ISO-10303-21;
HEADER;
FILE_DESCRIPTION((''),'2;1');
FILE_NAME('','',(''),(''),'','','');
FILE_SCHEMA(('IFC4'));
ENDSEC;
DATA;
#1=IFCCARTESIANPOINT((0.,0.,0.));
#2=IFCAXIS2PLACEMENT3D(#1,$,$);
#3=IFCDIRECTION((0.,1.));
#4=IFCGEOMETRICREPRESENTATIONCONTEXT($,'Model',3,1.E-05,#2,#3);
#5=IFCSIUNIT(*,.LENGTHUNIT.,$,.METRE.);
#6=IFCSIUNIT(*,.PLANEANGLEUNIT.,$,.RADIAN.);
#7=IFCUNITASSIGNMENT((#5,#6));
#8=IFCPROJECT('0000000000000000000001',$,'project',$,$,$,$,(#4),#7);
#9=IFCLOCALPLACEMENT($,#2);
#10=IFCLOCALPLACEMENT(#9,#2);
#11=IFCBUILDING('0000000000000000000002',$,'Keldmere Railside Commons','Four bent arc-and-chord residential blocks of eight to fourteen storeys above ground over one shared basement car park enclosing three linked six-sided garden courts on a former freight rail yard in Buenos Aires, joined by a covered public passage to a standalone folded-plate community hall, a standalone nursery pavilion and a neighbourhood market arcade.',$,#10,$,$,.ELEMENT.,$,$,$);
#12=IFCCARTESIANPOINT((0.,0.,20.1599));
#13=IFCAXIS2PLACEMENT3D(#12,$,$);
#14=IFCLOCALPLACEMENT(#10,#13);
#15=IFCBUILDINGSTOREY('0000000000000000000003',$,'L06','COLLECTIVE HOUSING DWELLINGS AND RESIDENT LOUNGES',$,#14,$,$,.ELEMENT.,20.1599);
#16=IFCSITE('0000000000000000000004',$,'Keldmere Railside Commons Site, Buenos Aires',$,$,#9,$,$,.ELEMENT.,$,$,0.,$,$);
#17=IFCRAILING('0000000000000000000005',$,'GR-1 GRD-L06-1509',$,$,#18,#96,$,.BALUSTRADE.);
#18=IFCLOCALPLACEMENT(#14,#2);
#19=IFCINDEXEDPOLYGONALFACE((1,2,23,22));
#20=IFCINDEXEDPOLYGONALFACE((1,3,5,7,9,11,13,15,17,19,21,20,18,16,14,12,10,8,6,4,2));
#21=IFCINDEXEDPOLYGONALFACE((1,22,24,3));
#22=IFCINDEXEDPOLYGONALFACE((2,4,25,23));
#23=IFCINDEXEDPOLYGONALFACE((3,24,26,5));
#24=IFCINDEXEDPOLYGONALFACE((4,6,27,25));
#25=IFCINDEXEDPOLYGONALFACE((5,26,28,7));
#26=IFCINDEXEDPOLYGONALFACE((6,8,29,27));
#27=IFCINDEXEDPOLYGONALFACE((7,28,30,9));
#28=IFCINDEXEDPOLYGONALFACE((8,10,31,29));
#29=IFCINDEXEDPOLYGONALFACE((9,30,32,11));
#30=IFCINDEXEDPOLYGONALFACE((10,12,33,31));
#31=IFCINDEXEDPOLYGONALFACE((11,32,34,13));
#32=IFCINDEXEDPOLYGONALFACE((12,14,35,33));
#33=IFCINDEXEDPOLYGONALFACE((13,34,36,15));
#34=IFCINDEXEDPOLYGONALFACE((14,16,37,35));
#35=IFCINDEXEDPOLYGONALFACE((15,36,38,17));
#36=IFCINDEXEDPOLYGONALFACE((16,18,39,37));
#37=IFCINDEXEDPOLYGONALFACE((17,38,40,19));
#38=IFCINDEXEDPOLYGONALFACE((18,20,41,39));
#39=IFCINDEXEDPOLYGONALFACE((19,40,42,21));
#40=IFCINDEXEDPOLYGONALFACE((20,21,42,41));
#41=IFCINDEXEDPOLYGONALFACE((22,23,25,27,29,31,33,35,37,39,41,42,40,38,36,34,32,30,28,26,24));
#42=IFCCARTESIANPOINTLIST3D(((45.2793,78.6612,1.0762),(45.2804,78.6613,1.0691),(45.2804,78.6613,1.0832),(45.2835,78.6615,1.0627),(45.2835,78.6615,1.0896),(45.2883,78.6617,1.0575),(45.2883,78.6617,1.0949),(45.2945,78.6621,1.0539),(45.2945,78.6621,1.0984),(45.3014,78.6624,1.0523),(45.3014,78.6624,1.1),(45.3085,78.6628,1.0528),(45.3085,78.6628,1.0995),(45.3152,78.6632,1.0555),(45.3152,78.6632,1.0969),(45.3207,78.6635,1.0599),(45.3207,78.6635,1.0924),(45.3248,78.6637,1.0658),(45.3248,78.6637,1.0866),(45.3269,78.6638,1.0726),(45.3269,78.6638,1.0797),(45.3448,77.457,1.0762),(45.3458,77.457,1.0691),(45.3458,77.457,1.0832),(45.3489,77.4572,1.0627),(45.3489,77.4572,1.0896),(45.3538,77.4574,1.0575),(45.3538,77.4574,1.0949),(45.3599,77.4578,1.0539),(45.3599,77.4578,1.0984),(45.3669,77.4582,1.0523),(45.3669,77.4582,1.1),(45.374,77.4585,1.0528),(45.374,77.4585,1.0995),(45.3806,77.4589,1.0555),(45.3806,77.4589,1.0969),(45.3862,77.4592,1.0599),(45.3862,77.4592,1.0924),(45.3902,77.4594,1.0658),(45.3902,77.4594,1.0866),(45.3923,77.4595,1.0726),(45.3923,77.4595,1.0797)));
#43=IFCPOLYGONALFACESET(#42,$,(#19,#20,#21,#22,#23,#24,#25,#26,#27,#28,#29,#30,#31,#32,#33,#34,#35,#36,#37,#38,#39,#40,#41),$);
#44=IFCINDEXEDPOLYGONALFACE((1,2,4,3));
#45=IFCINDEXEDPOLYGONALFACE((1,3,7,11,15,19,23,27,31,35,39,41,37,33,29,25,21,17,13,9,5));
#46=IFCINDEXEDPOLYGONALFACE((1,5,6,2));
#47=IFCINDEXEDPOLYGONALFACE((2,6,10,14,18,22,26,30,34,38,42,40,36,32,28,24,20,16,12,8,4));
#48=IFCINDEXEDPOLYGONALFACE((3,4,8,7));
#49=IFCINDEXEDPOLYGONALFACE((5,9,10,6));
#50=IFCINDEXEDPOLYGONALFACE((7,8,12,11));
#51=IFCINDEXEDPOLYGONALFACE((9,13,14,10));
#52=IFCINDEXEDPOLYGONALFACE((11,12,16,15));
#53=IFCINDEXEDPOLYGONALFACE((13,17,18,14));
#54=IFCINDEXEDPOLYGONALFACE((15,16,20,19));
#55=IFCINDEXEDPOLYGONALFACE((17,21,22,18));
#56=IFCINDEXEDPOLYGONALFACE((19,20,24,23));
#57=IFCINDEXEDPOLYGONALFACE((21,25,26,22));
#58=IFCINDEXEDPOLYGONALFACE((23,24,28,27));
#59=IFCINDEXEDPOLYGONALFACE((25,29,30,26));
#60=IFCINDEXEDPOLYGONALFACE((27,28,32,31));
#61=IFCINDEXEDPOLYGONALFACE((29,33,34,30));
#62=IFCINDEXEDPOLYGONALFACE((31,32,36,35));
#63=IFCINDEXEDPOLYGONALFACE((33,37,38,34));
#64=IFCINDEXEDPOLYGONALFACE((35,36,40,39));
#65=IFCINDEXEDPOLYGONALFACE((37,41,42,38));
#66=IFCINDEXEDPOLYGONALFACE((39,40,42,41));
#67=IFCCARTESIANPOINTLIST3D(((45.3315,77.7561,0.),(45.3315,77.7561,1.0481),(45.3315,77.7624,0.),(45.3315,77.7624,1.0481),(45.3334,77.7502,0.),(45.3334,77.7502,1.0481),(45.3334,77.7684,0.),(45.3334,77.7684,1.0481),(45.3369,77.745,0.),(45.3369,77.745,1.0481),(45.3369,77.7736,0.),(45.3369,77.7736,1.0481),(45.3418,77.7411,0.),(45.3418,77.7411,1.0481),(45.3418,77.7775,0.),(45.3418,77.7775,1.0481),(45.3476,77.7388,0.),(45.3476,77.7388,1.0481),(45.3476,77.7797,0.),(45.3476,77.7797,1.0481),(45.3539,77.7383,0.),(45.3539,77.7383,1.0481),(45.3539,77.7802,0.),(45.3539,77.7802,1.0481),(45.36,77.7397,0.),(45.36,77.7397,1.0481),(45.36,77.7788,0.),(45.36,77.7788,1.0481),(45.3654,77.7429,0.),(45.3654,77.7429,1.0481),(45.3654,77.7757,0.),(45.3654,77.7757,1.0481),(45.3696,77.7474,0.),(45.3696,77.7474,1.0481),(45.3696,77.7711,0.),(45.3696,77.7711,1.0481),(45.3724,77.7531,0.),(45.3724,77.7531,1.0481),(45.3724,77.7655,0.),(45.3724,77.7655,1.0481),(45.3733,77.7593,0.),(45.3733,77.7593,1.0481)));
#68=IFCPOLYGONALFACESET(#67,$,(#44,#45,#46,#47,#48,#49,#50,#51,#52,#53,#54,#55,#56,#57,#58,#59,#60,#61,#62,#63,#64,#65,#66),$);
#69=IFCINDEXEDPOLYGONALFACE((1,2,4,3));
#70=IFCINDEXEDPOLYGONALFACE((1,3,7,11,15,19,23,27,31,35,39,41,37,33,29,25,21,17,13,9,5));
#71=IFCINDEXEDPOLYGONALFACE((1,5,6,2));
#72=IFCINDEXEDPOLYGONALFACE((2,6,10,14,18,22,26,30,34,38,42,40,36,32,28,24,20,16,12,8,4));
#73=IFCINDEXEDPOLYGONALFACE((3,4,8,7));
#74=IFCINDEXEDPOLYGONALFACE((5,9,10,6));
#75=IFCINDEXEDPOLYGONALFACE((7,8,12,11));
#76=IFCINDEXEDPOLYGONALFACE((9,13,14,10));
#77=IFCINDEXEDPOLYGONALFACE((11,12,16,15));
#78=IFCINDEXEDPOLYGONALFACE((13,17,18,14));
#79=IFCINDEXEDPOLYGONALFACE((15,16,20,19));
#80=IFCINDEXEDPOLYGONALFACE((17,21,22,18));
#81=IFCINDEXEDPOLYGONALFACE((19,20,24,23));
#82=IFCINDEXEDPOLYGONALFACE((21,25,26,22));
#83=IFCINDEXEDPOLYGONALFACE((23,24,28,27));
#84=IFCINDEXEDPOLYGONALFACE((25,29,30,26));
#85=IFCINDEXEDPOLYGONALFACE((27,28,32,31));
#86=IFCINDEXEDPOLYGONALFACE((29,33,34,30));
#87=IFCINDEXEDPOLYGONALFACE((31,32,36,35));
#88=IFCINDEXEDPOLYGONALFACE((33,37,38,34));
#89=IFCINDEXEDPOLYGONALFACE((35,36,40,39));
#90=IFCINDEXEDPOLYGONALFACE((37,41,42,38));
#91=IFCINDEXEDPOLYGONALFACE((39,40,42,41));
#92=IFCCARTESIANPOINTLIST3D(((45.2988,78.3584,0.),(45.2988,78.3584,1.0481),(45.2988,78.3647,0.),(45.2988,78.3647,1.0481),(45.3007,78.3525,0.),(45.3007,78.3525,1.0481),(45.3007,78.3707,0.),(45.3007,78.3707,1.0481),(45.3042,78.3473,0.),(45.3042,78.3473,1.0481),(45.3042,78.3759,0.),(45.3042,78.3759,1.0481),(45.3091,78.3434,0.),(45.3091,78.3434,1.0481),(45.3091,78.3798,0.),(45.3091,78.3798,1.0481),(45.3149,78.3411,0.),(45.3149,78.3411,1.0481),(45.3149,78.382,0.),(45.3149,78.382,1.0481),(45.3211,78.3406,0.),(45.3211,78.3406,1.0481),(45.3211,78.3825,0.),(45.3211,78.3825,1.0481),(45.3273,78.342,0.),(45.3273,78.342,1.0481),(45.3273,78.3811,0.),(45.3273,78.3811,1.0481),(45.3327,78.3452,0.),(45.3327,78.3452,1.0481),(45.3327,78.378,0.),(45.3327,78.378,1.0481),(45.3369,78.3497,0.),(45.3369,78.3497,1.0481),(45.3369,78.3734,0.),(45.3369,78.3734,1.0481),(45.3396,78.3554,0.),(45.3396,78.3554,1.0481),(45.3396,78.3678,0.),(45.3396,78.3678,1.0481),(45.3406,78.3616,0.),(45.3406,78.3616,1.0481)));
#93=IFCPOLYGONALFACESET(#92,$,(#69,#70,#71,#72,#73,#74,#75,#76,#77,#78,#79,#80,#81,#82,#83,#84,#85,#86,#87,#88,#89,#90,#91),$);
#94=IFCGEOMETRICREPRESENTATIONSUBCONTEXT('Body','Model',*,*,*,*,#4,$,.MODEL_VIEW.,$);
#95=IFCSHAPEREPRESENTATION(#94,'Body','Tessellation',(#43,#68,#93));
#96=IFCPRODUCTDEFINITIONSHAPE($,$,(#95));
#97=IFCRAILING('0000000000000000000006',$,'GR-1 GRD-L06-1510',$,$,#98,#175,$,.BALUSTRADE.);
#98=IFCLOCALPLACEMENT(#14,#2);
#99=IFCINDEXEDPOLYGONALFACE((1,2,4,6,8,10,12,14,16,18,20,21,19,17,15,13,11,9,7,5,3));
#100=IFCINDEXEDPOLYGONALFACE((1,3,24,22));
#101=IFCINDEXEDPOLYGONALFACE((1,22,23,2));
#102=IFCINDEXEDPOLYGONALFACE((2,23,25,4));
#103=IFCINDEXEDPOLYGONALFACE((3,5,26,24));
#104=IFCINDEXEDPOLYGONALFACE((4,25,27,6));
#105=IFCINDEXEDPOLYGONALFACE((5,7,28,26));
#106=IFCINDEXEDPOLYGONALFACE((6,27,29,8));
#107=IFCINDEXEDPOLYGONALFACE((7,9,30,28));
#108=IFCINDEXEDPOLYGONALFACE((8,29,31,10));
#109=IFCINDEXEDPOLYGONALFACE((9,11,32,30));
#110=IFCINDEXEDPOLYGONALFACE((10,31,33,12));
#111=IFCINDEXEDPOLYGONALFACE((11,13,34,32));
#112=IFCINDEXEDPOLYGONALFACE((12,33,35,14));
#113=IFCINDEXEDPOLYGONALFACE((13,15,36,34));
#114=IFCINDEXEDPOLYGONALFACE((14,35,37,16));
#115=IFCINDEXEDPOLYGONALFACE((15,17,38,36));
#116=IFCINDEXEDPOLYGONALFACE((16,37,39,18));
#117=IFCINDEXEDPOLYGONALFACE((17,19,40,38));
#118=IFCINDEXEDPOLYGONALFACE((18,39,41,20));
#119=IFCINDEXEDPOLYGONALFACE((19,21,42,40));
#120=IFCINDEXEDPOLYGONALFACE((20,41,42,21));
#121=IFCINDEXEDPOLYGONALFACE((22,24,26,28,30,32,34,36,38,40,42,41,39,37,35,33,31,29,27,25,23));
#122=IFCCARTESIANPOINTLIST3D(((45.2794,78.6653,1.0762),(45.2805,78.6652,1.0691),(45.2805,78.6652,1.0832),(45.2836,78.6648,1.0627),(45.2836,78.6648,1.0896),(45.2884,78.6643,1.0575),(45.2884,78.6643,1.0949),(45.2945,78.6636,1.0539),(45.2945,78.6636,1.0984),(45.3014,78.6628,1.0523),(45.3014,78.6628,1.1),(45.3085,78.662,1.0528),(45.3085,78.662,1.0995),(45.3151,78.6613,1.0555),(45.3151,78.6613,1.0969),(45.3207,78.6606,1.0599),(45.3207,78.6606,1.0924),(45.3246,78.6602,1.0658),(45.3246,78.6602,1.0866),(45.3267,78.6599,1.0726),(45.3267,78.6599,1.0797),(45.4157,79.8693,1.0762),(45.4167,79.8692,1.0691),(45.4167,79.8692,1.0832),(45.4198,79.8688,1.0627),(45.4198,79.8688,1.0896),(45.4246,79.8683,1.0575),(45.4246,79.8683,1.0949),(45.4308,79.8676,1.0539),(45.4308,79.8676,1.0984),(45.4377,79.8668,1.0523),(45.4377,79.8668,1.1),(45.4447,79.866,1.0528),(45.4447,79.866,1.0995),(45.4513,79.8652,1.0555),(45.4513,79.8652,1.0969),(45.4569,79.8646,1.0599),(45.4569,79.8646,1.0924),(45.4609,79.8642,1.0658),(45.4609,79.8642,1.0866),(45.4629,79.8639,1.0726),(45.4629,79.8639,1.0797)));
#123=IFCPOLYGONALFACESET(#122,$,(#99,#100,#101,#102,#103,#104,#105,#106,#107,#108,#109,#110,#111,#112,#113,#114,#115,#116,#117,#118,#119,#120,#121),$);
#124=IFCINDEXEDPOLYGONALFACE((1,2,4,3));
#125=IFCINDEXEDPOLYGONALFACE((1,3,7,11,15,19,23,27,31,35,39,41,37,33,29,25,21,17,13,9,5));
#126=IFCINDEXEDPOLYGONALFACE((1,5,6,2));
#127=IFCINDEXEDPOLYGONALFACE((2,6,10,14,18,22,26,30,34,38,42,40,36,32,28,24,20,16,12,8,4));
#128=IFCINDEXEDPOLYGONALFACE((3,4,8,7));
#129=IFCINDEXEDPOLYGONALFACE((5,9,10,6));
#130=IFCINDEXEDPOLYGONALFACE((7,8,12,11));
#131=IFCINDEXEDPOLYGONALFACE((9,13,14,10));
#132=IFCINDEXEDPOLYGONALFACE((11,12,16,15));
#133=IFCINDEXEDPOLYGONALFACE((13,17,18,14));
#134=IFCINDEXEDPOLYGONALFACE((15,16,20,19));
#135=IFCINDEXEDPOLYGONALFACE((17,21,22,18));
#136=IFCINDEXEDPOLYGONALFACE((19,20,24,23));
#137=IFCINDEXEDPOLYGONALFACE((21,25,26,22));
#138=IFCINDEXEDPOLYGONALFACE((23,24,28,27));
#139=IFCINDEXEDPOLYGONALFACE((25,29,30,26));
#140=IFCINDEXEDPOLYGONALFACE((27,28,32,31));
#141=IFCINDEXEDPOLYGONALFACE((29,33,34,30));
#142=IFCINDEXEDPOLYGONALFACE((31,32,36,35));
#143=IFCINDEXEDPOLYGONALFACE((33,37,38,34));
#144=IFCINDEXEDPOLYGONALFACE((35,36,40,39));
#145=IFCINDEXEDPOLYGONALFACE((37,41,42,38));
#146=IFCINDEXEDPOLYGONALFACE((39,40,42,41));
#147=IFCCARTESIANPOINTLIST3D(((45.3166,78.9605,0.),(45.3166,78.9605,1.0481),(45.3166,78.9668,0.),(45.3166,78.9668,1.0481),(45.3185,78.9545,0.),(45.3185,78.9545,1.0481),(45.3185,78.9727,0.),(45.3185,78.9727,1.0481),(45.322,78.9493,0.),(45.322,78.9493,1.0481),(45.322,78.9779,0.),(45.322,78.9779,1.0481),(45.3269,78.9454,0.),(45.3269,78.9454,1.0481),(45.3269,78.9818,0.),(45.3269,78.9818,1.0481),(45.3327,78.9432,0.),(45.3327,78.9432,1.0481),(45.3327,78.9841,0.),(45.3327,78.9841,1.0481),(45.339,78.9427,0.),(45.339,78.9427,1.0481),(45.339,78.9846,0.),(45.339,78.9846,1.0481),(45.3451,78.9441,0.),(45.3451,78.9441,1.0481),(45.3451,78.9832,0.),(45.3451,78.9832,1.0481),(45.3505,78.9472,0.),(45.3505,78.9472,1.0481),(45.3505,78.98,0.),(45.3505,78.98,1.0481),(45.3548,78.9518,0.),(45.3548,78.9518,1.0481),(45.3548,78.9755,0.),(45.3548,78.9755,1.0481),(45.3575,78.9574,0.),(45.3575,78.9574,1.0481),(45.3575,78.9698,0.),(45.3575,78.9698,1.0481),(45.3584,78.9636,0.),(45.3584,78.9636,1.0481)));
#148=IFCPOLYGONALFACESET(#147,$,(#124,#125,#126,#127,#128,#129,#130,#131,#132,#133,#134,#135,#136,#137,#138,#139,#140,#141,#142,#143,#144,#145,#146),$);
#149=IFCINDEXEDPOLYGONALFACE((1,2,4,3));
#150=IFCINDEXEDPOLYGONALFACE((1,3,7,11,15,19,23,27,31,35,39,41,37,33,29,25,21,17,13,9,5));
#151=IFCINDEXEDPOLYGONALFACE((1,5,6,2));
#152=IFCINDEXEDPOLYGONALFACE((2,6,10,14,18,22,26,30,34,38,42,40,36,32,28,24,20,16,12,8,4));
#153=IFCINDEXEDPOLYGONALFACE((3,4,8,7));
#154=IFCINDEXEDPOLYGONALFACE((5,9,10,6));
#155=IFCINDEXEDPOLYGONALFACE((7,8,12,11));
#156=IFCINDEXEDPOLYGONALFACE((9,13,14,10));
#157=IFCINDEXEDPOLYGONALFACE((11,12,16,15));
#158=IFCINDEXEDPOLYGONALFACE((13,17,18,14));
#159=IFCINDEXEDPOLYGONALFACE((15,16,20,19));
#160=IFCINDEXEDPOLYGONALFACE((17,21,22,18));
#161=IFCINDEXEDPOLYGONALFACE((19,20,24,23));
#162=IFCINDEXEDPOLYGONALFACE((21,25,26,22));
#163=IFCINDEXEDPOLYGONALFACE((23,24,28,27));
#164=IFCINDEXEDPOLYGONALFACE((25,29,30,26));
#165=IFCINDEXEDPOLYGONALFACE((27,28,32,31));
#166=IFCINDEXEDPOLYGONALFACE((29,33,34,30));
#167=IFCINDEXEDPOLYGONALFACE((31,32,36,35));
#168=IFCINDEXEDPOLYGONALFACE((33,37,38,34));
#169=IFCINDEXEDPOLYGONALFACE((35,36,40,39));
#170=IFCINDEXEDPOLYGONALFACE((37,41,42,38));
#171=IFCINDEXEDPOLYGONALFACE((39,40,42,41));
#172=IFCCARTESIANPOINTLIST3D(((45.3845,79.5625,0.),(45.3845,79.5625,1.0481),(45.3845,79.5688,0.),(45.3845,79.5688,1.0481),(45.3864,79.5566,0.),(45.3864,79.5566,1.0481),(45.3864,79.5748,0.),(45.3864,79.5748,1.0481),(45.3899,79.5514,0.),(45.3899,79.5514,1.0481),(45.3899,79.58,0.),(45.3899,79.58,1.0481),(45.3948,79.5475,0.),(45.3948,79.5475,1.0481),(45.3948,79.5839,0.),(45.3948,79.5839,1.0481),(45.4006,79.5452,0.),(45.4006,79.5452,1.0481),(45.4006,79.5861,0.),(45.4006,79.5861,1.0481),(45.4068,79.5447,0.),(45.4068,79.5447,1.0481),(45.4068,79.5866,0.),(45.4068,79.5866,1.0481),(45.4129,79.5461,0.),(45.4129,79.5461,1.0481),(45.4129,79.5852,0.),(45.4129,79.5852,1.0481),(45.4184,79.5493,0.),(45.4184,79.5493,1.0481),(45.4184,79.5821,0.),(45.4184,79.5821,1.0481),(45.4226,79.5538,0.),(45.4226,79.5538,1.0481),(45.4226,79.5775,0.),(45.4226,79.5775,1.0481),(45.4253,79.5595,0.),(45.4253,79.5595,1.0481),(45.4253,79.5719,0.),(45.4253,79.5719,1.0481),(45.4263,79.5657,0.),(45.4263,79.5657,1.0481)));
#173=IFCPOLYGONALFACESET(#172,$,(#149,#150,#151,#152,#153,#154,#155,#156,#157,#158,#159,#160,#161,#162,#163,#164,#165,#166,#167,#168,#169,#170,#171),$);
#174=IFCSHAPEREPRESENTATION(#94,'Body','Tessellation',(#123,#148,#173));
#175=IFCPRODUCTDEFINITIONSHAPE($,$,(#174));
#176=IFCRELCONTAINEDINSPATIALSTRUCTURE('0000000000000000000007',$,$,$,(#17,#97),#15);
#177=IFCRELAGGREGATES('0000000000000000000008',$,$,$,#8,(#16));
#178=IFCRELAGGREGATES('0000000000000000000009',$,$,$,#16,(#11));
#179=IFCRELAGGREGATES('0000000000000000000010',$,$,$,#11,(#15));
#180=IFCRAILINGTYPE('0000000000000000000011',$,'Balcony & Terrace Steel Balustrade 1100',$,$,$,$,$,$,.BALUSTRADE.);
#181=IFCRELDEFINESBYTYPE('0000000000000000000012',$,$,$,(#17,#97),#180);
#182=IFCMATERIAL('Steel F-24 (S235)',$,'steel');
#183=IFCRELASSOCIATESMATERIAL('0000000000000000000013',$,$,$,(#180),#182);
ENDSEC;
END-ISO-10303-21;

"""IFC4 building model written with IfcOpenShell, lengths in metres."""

from ifc_helpers import new_model, si_unit, direction, frame, origin, origin_2d, place, context, subcontext, project, spatial, circle, extrude, material, type_object, element, save


model = new_model("IFC4")

# Units and contexts
model_context = context("Model", 3, precision=1e-05, world=origin(), true_north=direction((0.0, 1.0)))
body_context = subcontext(model_context, "Body", "Model", "MODEL_VIEW")
ifc_project = project(units=[si_unit("LENGTHUNIT", "METRE"), si_unit("PLANEANGLEUNIT", "RADIAN")], contexts=[model_context])

# Site, building, storey
site_placement = place(None, origin())
site = spatial("IfcSite", under=ifc_project, at=site_placement, Name="Keldmere Railside Commons Site, Buenos Aires", CompositionType="ELEMENT", RefElevation=0.0)
building_placement = place(site_placement, origin())
building = spatial("IfcBuilding", under=site, at=building_placement, Name="Keldmere Railside Commons", Description="Four bent arc-and-chord residential blocks of eight to fourteen storeys above ground over one shared basement car park enclosing three linked six-sided garden courts on a former freight rail yard in Buenos Aires, joined by a covered public passage to a standalone folded-plate community hall, a standalone nursery pavilion and a neighbourhood market arcade.", CompositionType="ELEMENT")
storey_placement = place(building_placement, frame((0.0, 0.0, 20.1599)))
storey = spatial("IfcBuildingStorey", under=building, at=storey_placement, Name="L06", Description="COLLECTIVE HOUSING DWELLINGS AND RESIDENT LOUNGES", CompositionType="ELEMENT", Elevation=20.1599)

# Railings
ifc_material_1 = material(Name="Steel F-24 (S235)", Category="steel")
railing_type = type_object("IfcRailingType", Name="Balcony & Terrace Steel Balustrade 1100", PredefinedType="BALUSTRADE", material=ifc_material_1)
railing_1_placement = place(storey_placement, frame((45.3687, 77.4583, 0.0)))
element("IfcRailing", 1, at=railing_1_placement, inside=storey, type_object=railing_type, Name="GR-1 GRD-L06-1509", PredefinedType="BALUSTRADE", context=body_context, shape_type="SweptSolid", body=[
    extrude(circle(Radius=0.0239, at=origin_2d()), frame((0.0, 0.0, 1.0762), z_axis=(-0.054248, 0.998527, 0.0), x_axis=(-0.998527, -0.054248, 0.0)), (0.0, 0.0, 1.0), 1.2061),
    extrude(circle(Radius=0.021, at=origin_2d()), frame((-0.0164, 0.301, 0.0)), (0.0, 0.0, 1.0), 1.0481),
    extrude(circle(Radius=0.021, at=origin_2d()), frame((-0.0491, 0.9033, 0.0)), (0.0, 0.0, 1.0), 1.0481),
])
railing_2_placement = place(storey_placement, frame((45.3032, 78.6626, 0.0)))
element("IfcRailing", 2, at=railing_2_placement, inside=storey, type_object=railing_type, Name="GR-1 GRD-L06-1510", PredefinedType="BALUSTRADE", context=body_context, shape_type="SweptSolid", body=[
    extrude(circle(Radius=0.0239, at=origin_2d()), frame((0.0, 0.0, 1.0762), z_axis=(0.112421, 0.993661, 0.0), x_axis=(-0.993661, 0.112421, 0.0)), (0.0, 0.0, 1.0), 1.2117),
    extrude(circle(Radius=0.021, at=origin_2d()), frame((0.0342, 0.301, 0.0)), (0.0, 0.0, 1.0), 1.0481),
    extrude(circle(Radius=0.021, at=origin_2d()), frame((0.1021, 0.9031, 0.0)), (0.0, 0.0, 1.0), 1.0481),
])

save(model, "model.ifc")
